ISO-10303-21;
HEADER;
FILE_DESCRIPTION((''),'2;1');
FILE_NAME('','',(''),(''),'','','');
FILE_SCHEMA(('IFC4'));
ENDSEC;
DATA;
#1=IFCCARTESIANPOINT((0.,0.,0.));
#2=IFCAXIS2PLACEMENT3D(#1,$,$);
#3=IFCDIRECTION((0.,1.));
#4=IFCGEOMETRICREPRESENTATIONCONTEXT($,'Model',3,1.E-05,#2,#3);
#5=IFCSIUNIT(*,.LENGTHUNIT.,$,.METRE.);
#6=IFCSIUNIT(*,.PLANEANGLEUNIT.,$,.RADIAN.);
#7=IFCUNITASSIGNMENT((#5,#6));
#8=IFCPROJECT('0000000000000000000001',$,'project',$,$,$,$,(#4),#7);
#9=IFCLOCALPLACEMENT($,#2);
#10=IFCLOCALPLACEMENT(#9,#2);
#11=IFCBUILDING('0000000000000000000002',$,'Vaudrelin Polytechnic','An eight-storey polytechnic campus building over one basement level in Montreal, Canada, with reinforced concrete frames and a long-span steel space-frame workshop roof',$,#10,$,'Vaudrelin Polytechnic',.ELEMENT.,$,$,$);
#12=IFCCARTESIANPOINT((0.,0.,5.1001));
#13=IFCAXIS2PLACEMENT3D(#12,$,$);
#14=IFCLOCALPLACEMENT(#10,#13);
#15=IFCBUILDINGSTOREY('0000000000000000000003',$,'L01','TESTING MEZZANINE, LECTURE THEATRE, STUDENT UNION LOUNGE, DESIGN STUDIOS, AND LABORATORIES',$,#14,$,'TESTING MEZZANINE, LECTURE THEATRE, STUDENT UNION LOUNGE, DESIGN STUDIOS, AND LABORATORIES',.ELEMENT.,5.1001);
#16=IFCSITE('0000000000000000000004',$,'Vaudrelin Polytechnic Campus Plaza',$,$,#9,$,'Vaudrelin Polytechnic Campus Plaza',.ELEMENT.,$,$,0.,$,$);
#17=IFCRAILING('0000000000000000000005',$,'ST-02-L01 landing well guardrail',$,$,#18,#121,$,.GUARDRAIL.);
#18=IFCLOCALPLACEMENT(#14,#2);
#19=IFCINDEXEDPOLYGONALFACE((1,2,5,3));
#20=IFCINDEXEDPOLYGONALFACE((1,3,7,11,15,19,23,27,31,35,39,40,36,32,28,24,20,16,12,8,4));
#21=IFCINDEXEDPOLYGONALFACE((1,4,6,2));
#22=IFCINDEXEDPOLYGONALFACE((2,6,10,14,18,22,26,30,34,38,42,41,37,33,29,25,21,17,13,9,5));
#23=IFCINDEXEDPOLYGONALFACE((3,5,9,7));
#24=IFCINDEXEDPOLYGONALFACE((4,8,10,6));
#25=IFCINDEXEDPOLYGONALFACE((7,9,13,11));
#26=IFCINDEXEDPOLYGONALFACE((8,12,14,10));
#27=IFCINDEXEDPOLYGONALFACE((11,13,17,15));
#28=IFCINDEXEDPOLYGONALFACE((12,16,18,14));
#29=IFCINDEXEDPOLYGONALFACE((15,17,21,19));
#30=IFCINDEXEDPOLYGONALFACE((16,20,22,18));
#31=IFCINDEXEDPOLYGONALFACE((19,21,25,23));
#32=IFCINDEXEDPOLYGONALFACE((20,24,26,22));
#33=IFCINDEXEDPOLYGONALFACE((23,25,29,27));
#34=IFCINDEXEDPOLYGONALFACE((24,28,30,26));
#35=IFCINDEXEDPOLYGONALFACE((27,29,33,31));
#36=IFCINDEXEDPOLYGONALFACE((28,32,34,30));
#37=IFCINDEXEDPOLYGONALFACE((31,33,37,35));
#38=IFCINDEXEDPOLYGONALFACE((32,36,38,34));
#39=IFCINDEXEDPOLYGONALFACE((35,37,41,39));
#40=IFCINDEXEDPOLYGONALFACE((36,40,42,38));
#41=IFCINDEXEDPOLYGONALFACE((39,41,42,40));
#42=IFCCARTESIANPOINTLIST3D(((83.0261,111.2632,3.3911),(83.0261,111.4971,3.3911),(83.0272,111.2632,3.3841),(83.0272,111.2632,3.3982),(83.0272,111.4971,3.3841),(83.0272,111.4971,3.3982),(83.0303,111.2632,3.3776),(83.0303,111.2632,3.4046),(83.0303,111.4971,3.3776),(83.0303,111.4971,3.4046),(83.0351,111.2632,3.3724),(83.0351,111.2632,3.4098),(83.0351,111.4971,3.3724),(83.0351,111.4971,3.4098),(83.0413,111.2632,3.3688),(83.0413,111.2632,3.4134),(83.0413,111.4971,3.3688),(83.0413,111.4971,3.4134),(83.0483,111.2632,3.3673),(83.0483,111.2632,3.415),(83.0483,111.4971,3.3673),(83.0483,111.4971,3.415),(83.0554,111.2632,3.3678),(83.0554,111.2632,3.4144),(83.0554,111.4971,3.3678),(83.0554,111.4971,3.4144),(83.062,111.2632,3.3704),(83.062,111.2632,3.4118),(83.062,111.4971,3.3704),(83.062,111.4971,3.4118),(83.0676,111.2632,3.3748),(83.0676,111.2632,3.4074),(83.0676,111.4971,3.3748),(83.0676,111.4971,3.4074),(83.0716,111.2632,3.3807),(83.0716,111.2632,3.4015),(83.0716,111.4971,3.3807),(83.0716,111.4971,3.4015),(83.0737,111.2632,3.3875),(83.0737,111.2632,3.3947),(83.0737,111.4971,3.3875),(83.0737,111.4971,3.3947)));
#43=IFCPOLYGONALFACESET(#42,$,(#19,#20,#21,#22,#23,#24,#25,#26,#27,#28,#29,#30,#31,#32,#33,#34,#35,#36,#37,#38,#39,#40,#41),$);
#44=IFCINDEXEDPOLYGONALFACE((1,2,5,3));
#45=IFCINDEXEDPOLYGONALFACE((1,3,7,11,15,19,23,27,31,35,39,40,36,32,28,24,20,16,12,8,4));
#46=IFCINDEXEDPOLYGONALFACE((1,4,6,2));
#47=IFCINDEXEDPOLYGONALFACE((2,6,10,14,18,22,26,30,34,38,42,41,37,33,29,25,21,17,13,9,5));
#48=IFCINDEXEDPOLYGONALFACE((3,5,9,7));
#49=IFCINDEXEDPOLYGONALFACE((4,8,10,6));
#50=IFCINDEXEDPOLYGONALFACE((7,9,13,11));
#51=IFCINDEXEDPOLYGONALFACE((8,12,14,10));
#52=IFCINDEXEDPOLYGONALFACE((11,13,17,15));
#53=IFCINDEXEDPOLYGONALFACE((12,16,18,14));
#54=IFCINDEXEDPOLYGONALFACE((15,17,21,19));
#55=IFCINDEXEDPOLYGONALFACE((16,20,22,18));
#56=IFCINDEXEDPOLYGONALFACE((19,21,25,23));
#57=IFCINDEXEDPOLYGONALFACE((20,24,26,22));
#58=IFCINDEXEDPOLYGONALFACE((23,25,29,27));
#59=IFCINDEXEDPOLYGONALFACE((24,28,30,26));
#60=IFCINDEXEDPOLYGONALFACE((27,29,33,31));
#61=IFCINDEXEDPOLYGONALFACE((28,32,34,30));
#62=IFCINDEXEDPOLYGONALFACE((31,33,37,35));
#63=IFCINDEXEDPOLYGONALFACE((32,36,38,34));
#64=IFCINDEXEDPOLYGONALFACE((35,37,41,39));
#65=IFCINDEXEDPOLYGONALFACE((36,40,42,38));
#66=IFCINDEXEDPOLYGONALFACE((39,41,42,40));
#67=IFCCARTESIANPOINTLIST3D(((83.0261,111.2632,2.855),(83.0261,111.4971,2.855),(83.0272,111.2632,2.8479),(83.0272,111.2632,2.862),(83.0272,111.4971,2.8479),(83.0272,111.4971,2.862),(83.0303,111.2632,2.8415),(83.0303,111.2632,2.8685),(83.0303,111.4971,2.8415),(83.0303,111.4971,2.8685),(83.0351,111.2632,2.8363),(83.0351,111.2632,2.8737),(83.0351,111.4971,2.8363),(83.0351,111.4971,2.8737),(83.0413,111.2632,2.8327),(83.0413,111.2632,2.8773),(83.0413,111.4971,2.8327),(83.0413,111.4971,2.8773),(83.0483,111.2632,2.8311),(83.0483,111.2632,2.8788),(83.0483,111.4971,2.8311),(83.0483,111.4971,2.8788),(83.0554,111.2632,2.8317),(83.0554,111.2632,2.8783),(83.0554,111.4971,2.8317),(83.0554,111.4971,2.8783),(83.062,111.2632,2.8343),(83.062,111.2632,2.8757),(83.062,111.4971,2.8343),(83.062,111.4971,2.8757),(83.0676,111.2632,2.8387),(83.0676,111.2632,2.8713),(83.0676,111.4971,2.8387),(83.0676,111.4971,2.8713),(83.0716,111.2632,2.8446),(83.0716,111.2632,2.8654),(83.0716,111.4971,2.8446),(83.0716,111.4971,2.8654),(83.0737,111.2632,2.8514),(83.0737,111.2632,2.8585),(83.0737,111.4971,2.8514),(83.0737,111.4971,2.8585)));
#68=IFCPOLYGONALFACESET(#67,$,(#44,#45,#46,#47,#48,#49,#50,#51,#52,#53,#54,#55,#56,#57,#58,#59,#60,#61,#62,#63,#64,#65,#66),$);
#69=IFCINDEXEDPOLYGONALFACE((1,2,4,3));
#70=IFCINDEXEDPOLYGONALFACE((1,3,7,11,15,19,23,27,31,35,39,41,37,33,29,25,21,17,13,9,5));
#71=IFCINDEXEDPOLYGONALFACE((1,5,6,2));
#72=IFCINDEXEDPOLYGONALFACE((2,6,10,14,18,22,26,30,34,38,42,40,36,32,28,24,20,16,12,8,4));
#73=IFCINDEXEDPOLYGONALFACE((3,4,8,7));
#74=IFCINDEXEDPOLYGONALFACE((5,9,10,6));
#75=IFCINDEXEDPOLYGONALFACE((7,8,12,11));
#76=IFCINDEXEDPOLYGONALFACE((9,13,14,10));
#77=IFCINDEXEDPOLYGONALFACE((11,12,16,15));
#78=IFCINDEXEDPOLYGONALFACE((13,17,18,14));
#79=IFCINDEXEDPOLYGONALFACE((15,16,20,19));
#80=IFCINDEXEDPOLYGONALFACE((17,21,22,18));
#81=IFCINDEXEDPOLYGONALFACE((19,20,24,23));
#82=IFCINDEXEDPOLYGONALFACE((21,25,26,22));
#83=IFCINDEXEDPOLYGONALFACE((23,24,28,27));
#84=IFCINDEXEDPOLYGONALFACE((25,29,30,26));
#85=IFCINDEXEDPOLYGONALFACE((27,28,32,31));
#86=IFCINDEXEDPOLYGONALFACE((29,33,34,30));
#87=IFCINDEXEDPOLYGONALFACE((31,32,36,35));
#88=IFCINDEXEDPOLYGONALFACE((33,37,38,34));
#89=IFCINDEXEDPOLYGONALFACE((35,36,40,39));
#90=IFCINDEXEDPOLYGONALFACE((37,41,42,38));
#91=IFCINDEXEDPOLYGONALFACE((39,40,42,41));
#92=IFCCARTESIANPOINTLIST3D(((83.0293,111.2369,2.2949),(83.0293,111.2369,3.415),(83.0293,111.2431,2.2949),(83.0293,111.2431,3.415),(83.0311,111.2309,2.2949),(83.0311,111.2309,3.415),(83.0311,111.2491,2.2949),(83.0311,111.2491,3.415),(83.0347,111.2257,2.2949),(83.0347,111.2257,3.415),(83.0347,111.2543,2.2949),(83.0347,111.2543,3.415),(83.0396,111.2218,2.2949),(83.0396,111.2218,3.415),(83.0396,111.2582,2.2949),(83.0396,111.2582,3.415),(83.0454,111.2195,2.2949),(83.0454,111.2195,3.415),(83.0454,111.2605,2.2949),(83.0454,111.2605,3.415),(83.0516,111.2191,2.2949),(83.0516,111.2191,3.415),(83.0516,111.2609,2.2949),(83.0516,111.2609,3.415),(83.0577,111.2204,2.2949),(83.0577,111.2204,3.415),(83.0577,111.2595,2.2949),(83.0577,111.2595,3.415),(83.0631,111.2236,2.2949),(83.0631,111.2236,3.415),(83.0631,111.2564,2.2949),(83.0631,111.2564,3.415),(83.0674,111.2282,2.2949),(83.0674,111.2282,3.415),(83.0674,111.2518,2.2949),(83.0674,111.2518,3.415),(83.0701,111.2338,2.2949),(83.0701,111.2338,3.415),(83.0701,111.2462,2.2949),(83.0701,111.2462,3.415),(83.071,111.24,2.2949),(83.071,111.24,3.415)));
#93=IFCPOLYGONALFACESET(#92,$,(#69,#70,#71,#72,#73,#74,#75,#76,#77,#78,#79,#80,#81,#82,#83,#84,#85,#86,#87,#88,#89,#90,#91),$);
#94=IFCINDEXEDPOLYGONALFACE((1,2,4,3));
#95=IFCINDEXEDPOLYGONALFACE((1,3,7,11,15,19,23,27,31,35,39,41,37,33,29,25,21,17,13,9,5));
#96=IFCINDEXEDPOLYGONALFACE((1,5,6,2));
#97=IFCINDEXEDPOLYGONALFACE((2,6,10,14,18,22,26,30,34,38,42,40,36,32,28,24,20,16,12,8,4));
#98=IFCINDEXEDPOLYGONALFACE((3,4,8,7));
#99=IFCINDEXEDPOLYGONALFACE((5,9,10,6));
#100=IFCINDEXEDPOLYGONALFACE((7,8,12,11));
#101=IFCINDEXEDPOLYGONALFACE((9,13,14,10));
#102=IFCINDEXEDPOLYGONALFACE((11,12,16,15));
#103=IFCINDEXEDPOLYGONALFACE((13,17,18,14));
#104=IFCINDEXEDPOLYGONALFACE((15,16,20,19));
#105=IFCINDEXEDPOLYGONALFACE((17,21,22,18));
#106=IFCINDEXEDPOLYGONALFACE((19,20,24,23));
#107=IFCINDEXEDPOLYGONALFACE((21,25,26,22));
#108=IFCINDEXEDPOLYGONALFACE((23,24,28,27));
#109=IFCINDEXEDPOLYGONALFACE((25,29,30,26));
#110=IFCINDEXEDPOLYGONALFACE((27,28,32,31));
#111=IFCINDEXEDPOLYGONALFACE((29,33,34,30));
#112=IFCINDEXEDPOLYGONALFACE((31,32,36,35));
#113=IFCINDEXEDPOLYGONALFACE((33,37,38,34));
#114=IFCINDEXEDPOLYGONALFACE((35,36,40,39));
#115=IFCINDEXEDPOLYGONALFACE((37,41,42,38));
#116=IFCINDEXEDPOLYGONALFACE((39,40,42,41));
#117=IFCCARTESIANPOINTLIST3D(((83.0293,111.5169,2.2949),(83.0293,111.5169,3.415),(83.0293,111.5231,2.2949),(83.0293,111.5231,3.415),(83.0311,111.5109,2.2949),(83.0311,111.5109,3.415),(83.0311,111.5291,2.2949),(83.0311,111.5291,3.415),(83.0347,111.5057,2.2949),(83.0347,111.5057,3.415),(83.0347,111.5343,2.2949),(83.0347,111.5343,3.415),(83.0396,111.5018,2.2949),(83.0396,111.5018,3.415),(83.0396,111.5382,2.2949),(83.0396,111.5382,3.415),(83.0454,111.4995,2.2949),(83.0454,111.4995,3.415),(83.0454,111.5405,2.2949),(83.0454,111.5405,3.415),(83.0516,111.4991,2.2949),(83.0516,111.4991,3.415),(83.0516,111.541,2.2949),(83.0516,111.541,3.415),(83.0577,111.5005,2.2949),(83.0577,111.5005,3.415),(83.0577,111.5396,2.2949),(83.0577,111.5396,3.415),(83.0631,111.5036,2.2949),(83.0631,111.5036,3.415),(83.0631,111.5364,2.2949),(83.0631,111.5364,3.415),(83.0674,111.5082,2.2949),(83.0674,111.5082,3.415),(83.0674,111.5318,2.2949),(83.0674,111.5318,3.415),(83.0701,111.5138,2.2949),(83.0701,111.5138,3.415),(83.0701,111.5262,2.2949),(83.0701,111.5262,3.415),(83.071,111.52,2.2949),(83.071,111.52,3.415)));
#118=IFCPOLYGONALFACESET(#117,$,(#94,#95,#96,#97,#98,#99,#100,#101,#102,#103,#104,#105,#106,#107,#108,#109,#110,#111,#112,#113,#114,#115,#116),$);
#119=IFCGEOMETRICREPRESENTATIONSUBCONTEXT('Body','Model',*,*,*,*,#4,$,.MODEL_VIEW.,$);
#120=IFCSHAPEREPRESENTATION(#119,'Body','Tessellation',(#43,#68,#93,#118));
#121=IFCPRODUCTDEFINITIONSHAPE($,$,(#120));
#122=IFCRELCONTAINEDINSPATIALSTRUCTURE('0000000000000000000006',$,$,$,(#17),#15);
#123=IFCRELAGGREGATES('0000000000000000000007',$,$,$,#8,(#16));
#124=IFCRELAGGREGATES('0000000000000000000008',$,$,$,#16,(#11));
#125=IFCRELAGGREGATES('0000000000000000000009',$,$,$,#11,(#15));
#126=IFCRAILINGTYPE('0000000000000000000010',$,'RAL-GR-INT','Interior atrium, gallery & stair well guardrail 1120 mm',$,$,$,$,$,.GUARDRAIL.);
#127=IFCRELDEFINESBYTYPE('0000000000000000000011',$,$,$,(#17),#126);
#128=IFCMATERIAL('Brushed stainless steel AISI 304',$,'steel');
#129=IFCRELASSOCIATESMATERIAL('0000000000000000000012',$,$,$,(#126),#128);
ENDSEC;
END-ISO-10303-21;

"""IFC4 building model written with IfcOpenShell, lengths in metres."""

from ifc_helpers import new_model, si_unit, direction, frame, origin, origin_2d, place, context, subcontext, project, spatial, circle, extrude, material, type_object, element, save


model = new_model("IFC4")

# Units and contexts
model_context = context("Model", 3, precision=1e-05, world=origin(), true_north=direction((0.0, 1.0)))
body_context = subcontext(model_context, "Body", "Model", "MODEL_VIEW")
ifc_project = project(units=[si_unit("LENGTHUNIT", "METRE"), si_unit("PLANEANGLEUNIT", "RADIAN")], contexts=[model_context])

# Site, building, storey
site_placement = place(None, origin())
site = spatial("IfcSite", under=ifc_project, at=site_placement, Name="Vaudrelin Polytechnic Campus Plaza", LongName="Vaudrelin Polytechnic Campus Plaza", CompositionType="ELEMENT", RefElevation=0.0)
building_placement = place(site_placement, origin())
building = spatial("IfcBuilding", under=site, at=building_placement, Name="Vaudrelin Polytechnic", Description="An eight-storey polytechnic campus building over one basement level in Montreal, Canada, with reinforced concrete frames and a long-span steel space-frame workshop roof", LongName="Vaudrelin Polytechnic", CompositionType="ELEMENT")
storey_placement = place(building_placement, frame((0.0, 0.0, 5.1001)))
storey = spatial("IfcBuildingStorey", under=building, at=storey_placement, Name="L01", Description="TESTING MEZZANINE, LECTURE THEATRE, STUDENT UNION LOUNGE, DESIGN STUDIOS, AND LABORATORIES", LongName="TESTING MEZZANINE, LECTURE THEATRE, STUDENT UNION LOUNGE, DESIGN STUDIOS, AND LABORATORIES", CompositionType="ELEMENT", Elevation=5.1001)

# Shared definitions
ifc_material_1 = material(Name="Brushed stainless steel AISI 304", Category="steel")

# Railing
railing_type_1 = type_object("IfcRailingType", Name="RAL-GR-INT", Description="Interior atrium, gallery & stair well guardrail 1120 mm", PredefinedType="GUARDRAIL", material=ifc_material_1)
railing_1_placement = place(storey_placement, frame((83.05, 111.24, 2.2949)))
element("IfcRailing", 1, at=railing_1_placement, inside=storey, type_object=railing_type_1, Name="ST-02-L01 landing well guardrail", PredefinedType="GUARDRAIL", context=body_context, shape_type="SweptSolid", body=[
    extrude(circle(Radius=0.0239, at=origin_2d()), frame((0.0, 0.0232, 1.0962), z_axis=(0.0, 1.0, 0.0), x_axis=(-1.0, 0.0, 0.0)), (0.0, 0.0, 1.0), 0.2339),
    extrude(circle(Radius=0.0239, at=origin_2d()), frame((0.0, 0.0232, 0.5601), z_axis=(0.0, 1.0, 0.0), x_axis=(-1.0, 0.0, 0.0)), (0.0, 0.0, 1.0), 0.2339),
    extrude(circle(Radius=0.021, at=origin_2d()), origin(), (0.0, 0.0, 1.0), 1.1201),
    extrude(circle(Radius=0.021, at=origin_2d()), frame((0.0, 0.28, 0.0)), (0.0, 0.0, 1.0), 1.1201),
])

save(model, "model.ifc")
